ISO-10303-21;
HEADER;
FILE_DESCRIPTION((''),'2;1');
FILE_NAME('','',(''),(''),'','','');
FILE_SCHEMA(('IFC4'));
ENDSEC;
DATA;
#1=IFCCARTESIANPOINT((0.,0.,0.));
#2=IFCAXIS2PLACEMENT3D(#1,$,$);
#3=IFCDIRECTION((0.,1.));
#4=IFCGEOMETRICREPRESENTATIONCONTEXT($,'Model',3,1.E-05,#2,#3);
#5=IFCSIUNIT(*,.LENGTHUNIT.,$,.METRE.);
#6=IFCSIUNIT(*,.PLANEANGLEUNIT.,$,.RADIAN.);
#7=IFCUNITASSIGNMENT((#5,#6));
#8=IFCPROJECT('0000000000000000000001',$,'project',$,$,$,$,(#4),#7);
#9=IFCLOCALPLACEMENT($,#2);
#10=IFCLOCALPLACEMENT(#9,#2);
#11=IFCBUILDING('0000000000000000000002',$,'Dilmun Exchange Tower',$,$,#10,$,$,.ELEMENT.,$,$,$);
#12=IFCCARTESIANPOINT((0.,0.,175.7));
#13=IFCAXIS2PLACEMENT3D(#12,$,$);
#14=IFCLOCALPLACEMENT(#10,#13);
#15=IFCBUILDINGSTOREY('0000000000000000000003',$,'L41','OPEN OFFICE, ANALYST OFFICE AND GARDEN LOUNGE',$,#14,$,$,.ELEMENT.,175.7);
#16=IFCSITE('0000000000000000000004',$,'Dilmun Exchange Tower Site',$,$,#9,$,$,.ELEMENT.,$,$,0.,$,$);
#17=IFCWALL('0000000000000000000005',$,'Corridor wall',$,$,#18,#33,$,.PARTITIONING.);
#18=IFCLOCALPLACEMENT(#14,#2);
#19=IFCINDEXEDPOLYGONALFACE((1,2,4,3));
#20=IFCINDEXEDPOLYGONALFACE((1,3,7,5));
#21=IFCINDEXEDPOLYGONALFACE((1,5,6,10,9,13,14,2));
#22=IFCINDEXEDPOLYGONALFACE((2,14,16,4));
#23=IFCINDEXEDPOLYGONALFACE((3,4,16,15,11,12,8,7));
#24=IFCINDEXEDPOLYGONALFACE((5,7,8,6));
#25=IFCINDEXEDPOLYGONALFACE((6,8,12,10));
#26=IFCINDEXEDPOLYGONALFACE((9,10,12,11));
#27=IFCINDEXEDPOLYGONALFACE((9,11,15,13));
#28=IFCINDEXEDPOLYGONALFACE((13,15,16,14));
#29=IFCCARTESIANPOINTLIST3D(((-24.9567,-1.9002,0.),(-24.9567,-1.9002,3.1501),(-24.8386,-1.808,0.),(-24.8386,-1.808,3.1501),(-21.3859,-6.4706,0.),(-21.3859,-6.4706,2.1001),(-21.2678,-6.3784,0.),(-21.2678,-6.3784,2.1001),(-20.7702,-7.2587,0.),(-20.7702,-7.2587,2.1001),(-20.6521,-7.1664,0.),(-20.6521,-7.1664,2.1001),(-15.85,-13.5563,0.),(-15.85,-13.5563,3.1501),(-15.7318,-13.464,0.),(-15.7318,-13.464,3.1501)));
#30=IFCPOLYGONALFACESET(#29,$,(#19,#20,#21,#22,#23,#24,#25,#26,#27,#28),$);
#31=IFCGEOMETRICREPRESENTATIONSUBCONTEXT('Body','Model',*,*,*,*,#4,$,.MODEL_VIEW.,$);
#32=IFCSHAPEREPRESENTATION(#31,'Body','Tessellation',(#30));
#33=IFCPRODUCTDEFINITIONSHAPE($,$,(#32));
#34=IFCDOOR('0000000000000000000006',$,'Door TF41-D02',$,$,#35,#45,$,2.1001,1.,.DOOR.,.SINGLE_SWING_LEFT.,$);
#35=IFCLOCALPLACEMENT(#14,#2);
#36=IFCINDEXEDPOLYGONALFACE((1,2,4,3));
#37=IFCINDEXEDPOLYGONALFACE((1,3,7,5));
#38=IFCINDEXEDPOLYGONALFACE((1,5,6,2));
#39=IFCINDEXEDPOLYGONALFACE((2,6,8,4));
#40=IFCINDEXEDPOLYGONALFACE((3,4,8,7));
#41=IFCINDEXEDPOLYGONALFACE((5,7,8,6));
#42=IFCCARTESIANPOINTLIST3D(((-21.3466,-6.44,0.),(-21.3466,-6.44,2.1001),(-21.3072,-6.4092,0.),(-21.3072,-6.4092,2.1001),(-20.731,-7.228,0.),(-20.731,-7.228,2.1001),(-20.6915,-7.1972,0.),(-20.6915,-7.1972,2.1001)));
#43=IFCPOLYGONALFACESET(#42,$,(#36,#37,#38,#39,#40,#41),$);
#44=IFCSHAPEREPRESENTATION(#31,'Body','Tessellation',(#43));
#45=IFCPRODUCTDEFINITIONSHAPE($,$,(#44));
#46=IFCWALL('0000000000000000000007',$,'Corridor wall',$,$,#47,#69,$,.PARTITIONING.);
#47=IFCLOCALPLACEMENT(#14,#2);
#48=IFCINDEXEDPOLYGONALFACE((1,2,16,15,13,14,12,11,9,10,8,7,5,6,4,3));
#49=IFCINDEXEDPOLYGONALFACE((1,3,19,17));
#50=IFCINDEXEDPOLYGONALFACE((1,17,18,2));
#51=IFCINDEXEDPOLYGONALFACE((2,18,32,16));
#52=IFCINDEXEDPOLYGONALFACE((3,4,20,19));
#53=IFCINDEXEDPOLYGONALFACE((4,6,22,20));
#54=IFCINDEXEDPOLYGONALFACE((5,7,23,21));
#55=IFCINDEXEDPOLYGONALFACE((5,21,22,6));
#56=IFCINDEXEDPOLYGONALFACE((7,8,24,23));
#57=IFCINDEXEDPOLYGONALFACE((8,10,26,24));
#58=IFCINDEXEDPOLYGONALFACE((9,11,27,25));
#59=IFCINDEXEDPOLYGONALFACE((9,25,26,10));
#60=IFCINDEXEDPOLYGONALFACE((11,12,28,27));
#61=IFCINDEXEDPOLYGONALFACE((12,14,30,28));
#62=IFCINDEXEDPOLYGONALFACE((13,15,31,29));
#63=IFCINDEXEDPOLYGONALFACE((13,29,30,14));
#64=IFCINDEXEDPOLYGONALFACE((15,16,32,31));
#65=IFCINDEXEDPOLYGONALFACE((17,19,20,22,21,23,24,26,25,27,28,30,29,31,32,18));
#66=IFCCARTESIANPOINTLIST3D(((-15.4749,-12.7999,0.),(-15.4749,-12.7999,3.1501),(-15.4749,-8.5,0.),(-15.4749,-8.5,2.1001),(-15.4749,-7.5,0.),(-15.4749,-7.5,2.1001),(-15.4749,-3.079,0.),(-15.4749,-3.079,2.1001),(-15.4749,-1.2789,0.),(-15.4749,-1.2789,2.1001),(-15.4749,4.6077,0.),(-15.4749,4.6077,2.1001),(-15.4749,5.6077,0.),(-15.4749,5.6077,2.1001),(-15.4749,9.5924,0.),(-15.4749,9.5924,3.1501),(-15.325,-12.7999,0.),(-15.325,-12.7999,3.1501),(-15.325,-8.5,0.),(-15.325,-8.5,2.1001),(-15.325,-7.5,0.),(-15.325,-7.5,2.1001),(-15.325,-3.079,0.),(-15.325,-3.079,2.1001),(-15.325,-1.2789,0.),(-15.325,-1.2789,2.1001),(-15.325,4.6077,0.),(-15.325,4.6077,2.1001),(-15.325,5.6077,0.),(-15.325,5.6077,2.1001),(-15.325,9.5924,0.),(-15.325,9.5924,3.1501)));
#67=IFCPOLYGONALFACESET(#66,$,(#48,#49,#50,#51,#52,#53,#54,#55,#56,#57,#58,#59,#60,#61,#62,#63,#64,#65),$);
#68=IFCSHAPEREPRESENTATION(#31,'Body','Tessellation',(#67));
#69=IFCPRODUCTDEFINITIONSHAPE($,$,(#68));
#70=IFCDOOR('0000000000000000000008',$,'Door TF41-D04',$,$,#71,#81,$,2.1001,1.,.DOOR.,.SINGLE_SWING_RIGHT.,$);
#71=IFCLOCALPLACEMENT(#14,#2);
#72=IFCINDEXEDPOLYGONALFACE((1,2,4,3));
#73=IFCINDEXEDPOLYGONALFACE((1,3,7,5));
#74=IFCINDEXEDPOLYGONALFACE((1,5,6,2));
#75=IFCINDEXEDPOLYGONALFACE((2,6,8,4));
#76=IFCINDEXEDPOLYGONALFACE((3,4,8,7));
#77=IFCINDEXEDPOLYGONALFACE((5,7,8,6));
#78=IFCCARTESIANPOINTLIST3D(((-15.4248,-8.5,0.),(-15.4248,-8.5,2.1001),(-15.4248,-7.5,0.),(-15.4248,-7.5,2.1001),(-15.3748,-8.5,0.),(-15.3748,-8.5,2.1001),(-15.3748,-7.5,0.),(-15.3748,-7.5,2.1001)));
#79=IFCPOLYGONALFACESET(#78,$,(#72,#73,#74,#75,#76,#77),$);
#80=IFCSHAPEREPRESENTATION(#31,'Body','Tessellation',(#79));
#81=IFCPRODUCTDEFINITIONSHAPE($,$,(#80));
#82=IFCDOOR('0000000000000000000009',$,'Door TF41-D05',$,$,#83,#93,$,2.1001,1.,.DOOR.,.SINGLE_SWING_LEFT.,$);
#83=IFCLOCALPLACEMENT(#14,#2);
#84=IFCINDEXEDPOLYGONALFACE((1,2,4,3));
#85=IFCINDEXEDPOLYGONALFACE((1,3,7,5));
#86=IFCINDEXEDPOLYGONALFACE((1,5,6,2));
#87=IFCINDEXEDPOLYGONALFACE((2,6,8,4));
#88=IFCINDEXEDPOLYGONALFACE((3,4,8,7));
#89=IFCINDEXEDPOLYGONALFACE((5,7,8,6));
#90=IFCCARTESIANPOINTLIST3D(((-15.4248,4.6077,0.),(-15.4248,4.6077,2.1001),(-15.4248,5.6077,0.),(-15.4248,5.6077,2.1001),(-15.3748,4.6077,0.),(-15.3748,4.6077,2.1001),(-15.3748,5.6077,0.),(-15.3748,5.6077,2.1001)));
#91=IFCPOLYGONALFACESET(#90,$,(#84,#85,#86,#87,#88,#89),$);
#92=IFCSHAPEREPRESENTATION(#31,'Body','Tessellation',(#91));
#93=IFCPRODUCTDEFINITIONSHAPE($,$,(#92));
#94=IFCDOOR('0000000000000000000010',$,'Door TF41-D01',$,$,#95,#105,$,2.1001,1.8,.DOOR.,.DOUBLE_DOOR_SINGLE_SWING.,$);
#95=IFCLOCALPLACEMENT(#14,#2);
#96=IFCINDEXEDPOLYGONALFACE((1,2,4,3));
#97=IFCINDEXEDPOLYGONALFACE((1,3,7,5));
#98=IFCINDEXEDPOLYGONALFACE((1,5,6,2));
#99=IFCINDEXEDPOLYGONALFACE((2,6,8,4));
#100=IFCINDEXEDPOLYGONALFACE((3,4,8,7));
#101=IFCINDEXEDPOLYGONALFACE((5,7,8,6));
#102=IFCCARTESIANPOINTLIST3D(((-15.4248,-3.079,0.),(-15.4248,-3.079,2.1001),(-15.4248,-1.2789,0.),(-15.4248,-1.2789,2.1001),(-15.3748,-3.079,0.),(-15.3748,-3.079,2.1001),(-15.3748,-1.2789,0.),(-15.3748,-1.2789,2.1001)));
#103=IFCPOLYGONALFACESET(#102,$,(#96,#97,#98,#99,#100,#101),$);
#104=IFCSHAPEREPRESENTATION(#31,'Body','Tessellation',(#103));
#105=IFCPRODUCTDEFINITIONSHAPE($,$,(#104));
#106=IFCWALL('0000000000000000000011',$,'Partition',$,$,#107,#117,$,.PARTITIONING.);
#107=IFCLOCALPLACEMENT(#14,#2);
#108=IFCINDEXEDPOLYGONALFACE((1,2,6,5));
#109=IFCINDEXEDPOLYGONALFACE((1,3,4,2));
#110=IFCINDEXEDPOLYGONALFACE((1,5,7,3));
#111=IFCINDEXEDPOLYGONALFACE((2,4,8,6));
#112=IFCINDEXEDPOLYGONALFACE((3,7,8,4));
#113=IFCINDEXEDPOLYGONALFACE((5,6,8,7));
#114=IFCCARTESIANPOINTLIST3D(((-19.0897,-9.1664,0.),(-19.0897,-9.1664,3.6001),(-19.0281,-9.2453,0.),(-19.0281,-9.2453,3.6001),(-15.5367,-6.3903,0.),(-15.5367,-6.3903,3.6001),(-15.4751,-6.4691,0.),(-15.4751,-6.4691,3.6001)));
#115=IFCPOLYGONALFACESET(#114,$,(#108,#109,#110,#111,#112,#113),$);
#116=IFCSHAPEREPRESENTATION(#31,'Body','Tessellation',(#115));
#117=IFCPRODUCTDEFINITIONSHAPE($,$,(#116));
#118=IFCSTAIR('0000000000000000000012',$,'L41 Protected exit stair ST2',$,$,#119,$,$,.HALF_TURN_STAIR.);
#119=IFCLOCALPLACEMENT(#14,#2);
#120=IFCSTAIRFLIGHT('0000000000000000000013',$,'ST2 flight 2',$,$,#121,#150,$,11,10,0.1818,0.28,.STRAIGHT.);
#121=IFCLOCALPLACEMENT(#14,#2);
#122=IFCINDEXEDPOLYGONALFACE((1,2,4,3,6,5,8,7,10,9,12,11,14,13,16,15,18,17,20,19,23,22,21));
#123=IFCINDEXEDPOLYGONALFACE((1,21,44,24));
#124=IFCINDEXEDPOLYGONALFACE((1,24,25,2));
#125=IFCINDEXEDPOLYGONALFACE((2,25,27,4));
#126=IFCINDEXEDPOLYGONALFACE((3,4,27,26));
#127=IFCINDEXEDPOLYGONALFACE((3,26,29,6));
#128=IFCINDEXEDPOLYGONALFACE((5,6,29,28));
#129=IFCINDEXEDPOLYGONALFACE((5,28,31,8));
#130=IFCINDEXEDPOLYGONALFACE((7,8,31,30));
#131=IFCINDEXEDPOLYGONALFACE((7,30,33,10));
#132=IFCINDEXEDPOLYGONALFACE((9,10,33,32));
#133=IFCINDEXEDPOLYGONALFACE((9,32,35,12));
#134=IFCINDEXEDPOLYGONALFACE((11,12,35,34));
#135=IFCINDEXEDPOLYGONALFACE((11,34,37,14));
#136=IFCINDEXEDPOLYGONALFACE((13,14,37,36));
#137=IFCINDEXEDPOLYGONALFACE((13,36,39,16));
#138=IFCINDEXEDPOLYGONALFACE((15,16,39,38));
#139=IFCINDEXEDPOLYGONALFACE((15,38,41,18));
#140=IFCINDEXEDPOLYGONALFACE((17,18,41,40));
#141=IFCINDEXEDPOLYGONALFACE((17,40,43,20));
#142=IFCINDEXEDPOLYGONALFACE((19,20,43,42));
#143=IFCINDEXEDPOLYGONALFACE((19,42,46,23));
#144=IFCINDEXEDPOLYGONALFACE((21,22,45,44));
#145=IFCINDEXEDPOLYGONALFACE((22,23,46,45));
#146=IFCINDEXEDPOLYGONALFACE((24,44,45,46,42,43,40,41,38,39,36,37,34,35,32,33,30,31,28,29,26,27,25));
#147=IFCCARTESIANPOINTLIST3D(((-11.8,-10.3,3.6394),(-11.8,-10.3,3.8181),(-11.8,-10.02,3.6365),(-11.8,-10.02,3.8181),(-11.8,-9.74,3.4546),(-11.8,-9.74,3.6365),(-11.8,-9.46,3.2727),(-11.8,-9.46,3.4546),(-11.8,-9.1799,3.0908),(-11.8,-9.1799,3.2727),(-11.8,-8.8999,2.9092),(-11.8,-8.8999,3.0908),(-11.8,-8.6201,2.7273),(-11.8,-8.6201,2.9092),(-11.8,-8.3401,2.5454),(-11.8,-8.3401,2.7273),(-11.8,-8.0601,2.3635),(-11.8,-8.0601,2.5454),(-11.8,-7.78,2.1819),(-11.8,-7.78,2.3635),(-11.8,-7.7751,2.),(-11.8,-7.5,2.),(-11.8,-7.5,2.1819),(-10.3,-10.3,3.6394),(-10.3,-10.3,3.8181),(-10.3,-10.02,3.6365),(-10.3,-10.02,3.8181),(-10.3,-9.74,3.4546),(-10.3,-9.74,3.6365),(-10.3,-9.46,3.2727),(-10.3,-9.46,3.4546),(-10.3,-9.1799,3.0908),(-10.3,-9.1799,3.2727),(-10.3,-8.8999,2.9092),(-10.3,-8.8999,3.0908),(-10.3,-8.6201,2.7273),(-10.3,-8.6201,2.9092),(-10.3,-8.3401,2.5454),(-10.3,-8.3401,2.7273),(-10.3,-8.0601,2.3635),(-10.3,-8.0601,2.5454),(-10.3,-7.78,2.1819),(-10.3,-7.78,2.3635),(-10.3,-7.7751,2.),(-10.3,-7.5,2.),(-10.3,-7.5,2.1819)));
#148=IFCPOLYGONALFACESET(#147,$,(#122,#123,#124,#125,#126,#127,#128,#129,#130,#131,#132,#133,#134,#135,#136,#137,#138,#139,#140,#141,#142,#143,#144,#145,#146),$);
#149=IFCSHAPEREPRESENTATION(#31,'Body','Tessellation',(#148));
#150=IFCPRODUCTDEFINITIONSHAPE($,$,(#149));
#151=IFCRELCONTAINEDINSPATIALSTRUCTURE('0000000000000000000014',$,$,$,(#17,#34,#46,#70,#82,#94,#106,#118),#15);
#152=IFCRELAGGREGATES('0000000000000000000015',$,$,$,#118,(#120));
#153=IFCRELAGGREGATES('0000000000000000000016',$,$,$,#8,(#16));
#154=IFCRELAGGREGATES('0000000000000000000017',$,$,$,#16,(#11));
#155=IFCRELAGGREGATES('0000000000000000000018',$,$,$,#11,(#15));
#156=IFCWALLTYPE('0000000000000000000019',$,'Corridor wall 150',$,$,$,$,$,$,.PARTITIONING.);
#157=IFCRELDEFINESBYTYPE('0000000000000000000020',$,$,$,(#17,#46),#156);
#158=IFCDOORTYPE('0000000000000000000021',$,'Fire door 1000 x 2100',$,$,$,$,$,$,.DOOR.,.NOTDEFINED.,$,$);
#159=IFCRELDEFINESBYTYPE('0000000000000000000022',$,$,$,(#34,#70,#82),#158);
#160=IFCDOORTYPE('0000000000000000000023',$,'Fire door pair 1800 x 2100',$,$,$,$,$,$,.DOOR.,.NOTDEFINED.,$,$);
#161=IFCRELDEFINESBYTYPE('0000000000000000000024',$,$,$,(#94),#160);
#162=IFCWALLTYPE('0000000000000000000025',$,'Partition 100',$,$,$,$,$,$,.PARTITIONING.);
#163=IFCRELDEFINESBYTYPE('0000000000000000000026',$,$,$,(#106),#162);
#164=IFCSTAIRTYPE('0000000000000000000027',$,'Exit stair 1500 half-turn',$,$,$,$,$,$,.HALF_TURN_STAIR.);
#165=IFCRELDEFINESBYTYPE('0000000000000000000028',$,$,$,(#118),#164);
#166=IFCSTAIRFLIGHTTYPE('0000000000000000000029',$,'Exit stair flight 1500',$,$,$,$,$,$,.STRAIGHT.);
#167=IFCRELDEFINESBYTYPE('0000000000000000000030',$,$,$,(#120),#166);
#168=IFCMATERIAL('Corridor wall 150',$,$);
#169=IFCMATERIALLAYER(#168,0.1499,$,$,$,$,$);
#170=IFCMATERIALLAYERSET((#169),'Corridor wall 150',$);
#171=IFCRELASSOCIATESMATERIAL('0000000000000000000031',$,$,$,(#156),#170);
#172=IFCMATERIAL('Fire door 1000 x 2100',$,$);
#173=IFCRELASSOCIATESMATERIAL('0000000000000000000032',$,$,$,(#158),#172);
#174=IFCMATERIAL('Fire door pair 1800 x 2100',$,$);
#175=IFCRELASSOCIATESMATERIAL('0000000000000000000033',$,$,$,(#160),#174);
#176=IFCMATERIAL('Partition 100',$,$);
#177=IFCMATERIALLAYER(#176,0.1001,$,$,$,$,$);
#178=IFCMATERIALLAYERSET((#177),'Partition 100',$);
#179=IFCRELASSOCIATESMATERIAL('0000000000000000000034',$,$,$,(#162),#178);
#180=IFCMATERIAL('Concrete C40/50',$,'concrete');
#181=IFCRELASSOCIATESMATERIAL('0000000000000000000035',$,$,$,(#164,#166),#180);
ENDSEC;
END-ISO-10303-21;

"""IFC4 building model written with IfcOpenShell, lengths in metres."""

from ifc_helpers import new_model, si_unit, direction, frame, frame_2d, origin, place, context, subcontext, project, spatial, polyline, rectangle, outline, extrude, material, layer, layer_set, type_object, element, fill, aggregate, save


model = new_model("IFC4")

# Units and contexts
model_context = context("Model", 3, precision=1e-05, world=origin(), true_north=direction((0.0, 1.0)))
body_context = subcontext(model_context, "Body", "Model", "MODEL_VIEW")
ifc_project = project(units=[si_unit("LENGTHUNIT", "METRE"), si_unit("PLANEANGLEUNIT", "RADIAN")], contexts=[model_context])

# Site, building, storey
site_placement = place(None, origin())
site = spatial("IfcSite", under=ifc_project, at=site_placement, Name="Dilmun Exchange Tower Site", CompositionType="ELEMENT", RefElevation=0.0)
building_placement = place(site_placement, origin())
building = spatial("IfcBuilding", under=site, at=building_placement, Name="Dilmun Exchange Tower", CompositionType="ELEMENT")
storey_placement = place(building_placement, frame((0.0, 0.0, 175.7)))
storey = spatial("IfcBuildingStorey", under=building, at=storey_placement, Name="L41", Description="OPEN OFFICE, ANALYST OFFICE AND GARDEN LOUNGE", CompositionType="ELEMENT", Elevation=175.7)

# Shared definitions
ifc_material_1 = material(Name="Concrete C40/50", Category="concrete")

# Wall, opening, door
ifc_material_2 = material(Name="Corridor wall 150")
ifc_layer_1 = layer(ifc_material_2, 0.1499)
ifc_layer_set_1 = layer_set([ifc_layer_1], Name="Corridor wall 150")
wall_type_1 = type_object("IfcWallType", Name="Corridor wall 150", PredefinedType="PARTITIONING", material=ifc_layer_set_1)
wall_1_placement = place(storey_placement, frame((-24.8977, -1.854, 0.0), z_axis=(0.0, 0.0, 1.0), x_axis=(0.615662, -0.78801, 0.0)))
wall_1 = element("IfcWall", 1, at=wall_1_placement, inside=storey, type_object=wall_type_1, Name="Corridor wall", PredefinedType="PARTITIONING", context=body_context, shape_type="SweptSolid", body=[
    extrude(rectangle(XDim=14.7917, YDim=0.1499, at=frame_2d((7.396, 0.0))), origin(), (0.0, 0.0, 1.0), 3.1501),
])
opening_1_placement = place(wall_1_placement, frame((5.8, 0.0, 0.0)))
opening_1 = element("IfcOpeningElement", 2, at=opening_1_placement, cuts=wall_1, PredefinedType="OPENING", context=body_context, shape_type="SweptSolid", body=[
    extrude(rectangle(XDim=1.0, YDim=2.1001, at=frame_2d((0.5, 1.05))), frame((0.0, 0.085, 0.0), z_axis=(0.0, -1.0, 0.0), x_axis=(1.0, 0.0, 0.0)), (0.0, 0.0, 1.0), 0.1699),
])
ifc_material_3 = material(Name="Fire door 1000 x 2100")
door_type_1 = type_object("IfcDoorType", Name="Fire door 1000 x 2100", OperationType="NOTDEFINED", PredefinedType="DOOR", material=ifc_material_3)
door_1_placement = place(opening_1_placement, origin())
door_1 = element("IfcDoor", 3, at=door_1_placement, inside=storey, type_object=door_type_1, Name="Door TF41-D02", OperationType="SINGLE_SWING_LEFT", OverallHeight=2.1001, OverallWidth=1.0, PredefinedType="DOOR", context=body_context, shape_type="SweptSolid", body=[
    extrude(rectangle(XDim=1.0, YDim=2.1001, at=frame_2d((0.5, 1.05))), frame((0.0, 0.0249, 0.0), z_axis=(0.0, -1.0, 0.0), x_axis=(1.0, 0.0, 0.0)), (0.0, 0.0, 1.0), 0.05),
])
fill(opening_1, door_1)

# Wall, openings, doors
wall_2_placement = place(storey_placement, frame((-15.3999, -12.8, 0.0), z_axis=(0.0, 0.0, 1.0), x_axis=(0.0, 1.0, 0.0)))
wall_2 = element("IfcWall", 4, at=wall_2_placement, inside=storey, type_object=wall_type_1, Name="Corridor wall", PredefinedType="PARTITIONING", context=body_context, shape_type="SweptSolid", body=[
    extrude(rectangle(XDim=22.3923, YDim=0.1499, at=frame_2d((11.1963, 0.0))), origin(), (0.0, 0.0, 1.0), 3.1501),
])
opening_2_placement = place(wall_2_placement, frame((9.7212, 0.0, 0.0)))
opening_2 = element("IfcOpeningElement", 5, at=opening_2_placement, cuts=wall_2, PredefinedType="OPENING", context=body_context, shape_type="SweptSolid", body=[
    extrude(rectangle(XDim=1.8, YDim=2.1001, at=frame_2d((0.8999, 1.05))), frame((0.0, 0.085, 0.0), z_axis=(0.0, -1.0, 0.0), x_axis=(1.0, 0.0, 0.0)), (0.0, 0.0, 1.0), 0.1699),
])
opening_3_placement = place(wall_2_placement, frame((4.3, 0.0, 0.0)))
opening_3 = element("IfcOpeningElement", 6, at=opening_3_placement, cuts=wall_2, PredefinedType="OPENING", context=body_context, shape_type="SweptSolid", body=[
    extrude(rectangle(XDim=1.0, YDim=2.1001, at=frame_2d((0.5, 1.05))), frame((0.0, 0.085, 0.0), z_axis=(0.0, -1.0, 0.0), x_axis=(1.0, 0.0, 0.0)), (0.0, 0.0, 1.0), 0.1699),
])
opening_4_placement = place(wall_2_placement, frame((17.4077, 0.0, 0.0)))
opening_4 = element("IfcOpeningElement", 7, at=opening_4_placement, cuts=wall_2, PredefinedType="OPENING", context=body_context, shape_type="SweptSolid", body=[
    extrude(rectangle(XDim=1.0, YDim=2.1001, at=frame_2d((0.5, 1.05))), frame((0.0, 0.085, 0.0), z_axis=(0.0, -1.0, 0.0), x_axis=(1.0, 0.0, 0.0)), (0.0, 0.0, 1.0), 0.1699),
])
door_2_placement = place(opening_3_placement, origin())
door_2 = element("IfcDoor", 8, at=door_2_placement, inside=storey, type_object=door_type_1, Name="Door TF41-D04", OperationType="SINGLE_SWING_RIGHT", OverallHeight=2.1001, OverallWidth=1.0, PredefinedType="DOOR", context=body_context, shape_type="SweptSolid", body=[
    extrude(rectangle(XDim=1.0, YDim=2.1001, at=frame_2d((0.5, 1.05))), frame((0.0, 0.0249, 0.0), z_axis=(0.0, -1.0, 0.0), x_axis=(1.0, 0.0, 0.0)), (0.0, 0.0, 1.0), 0.05),
])
fill(opening_3, door_2)
door_3_placement = place(opening_4_placement, origin())
door_3 = element("IfcDoor", 9, at=door_3_placement, inside=storey, type_object=door_type_1, Name="Door TF41-D05", OperationType="SINGLE_SWING_LEFT", OverallHeight=2.1001, OverallWidth=1.0, PredefinedType="DOOR", context=body_context, shape_type="SweptSolid", body=[
    extrude(rectangle(XDim=1.0, YDim=2.1001, at=frame_2d((0.5, 1.05))), frame((0.0, 0.0249, 0.0), z_axis=(0.0, -1.0, 0.0), x_axis=(1.0, 0.0, 0.0)), (0.0, 0.0, 1.0), 0.05),
])
fill(opening_4, door_3)
ifc_material_4 = material(Name="Fire door pair 1800 x 2100")
door_type_2 = type_object("IfcDoorType", Name="Fire door pair 1800 x 2100", OperationType="NOTDEFINED", PredefinedType="DOOR", material=ifc_material_4)
door_4_placement = place(opening_2_placement, origin())
door_4 = element("IfcDoor", 10, at=door_4_placement, inside=storey, type_object=door_type_2, Name="Door TF41-D01", OperationType="DOUBLE_DOOR_SINGLE_SWING", OverallHeight=2.1001, OverallWidth=1.8, PredefinedType="DOOR", context=body_context, shape_type="SweptSolid", body=[
    extrude(rectangle(XDim=1.8, YDim=2.1001, at=frame_2d((0.8999, 1.05))), frame((0.0, 0.0249, 0.0), z_axis=(0.0, -1.0, 0.0), x_axis=(1.0, 0.0, 0.0)), (0.0, 0.0, 1.0), 0.05),
])
fill(opening_2, door_4)

# Wall
ifc_material_5 = material(Name="Partition 100")
ifc_layer_2 = layer(ifc_material_5, 0.1001)
ifc_layer_set_2 = layer_set([ifc_layer_2], Name="Partition 100")
wall_type_2 = type_object("IfcWallType", Name="Partition 100", PredefinedType="PARTITIONING", material=ifc_layer_set_2)
wall_3_placement = place(storey_placement, frame((-19.0588, -9.2058, 0.0), z_axis=(0.0, 0.0, 1.0), x_axis=(0.787986, 0.615693, 0.0)))
element("IfcWall", 11, at=wall_3_placement, inside=storey, type_object=wall_type_2, Name="Partition", PredefinedType="PARTITIONING", context=body_context, shape_type="SweptSolid", body=[
    extrude(rectangle(XDim=4.509, YDim=0.1001, at=frame_2d((2.2544, 0.0))), origin(), (0.0, 0.0, 1.0), 3.6001),
])

# Stair, stair flight
stair_type = type_object("IfcStairType", Name="Exit stair 1500 half-turn", PredefinedType="HALF_TURN_STAIR", material=ifc_material_1)
stair_placement = place(storey_placement, origin())
stair = element("IfcStair", 12, at=stair_placement, inside=storey, type_object=stair_type, Name="L41 Protected exit stair ST2", PredefinedType="HALF_TURN_STAIR")
stair_flight_type = type_object("IfcStairFlightType", Name="Exit stair flight 1500", PredefinedType="STRAIGHT", material=ifc_material_1)
stair_flight_placement = place(storey_placement, frame((-11.05, -7.5, 2.0), z_axis=(0.0, 0.0, 1.0), x_axis=(0.0, -1.0, 0.0)))
stair_flight = element("IfcStairFlight", 13, at=stair_flight_placement, type_object=stair_flight_type, Name="ST2 flight 2", NumberOfRisers=11, NumberOfTreads=10, PredefinedType="STRAIGHT", RiserHeight=0.1818, TreadLength=0.28, context=body_context, shape_type="SweptSolid", body=[
    extrude(outline(polyline([(0.0, 0.0), (0.0, 0.1819), (0.28, 0.1819), (0.28, 0.3635), (0.5601, 0.3635), (0.5601, 0.5454), (0.8401, 0.5454), (0.8401, 0.7273), (1.1201, 0.7273), (1.1201, 0.9092), (1.3999, 0.9092), (1.3999, 1.0908), (1.6799, 1.0908), (1.6799, 1.2727), (1.96, 1.2727), (1.96, 1.4546), (2.24, 1.4546), (2.24, 1.6365), (2.52, 1.6365), (2.52, 1.8181), (2.8, 1.8181), (2.8, 2.0), (2.8, 1.6394), (0.2751, 0.0), (0.0, 0.0)])), frame((0.0, 0.75, 0.0), z_axis=(0.0, -1.0, 0.0), x_axis=(1.0, 0.0, 0.0)), (0.0, 0.0, 1.0), 1.5),
])
aggregate(stair, [stair_flight])

save(model, "model.ifc")
